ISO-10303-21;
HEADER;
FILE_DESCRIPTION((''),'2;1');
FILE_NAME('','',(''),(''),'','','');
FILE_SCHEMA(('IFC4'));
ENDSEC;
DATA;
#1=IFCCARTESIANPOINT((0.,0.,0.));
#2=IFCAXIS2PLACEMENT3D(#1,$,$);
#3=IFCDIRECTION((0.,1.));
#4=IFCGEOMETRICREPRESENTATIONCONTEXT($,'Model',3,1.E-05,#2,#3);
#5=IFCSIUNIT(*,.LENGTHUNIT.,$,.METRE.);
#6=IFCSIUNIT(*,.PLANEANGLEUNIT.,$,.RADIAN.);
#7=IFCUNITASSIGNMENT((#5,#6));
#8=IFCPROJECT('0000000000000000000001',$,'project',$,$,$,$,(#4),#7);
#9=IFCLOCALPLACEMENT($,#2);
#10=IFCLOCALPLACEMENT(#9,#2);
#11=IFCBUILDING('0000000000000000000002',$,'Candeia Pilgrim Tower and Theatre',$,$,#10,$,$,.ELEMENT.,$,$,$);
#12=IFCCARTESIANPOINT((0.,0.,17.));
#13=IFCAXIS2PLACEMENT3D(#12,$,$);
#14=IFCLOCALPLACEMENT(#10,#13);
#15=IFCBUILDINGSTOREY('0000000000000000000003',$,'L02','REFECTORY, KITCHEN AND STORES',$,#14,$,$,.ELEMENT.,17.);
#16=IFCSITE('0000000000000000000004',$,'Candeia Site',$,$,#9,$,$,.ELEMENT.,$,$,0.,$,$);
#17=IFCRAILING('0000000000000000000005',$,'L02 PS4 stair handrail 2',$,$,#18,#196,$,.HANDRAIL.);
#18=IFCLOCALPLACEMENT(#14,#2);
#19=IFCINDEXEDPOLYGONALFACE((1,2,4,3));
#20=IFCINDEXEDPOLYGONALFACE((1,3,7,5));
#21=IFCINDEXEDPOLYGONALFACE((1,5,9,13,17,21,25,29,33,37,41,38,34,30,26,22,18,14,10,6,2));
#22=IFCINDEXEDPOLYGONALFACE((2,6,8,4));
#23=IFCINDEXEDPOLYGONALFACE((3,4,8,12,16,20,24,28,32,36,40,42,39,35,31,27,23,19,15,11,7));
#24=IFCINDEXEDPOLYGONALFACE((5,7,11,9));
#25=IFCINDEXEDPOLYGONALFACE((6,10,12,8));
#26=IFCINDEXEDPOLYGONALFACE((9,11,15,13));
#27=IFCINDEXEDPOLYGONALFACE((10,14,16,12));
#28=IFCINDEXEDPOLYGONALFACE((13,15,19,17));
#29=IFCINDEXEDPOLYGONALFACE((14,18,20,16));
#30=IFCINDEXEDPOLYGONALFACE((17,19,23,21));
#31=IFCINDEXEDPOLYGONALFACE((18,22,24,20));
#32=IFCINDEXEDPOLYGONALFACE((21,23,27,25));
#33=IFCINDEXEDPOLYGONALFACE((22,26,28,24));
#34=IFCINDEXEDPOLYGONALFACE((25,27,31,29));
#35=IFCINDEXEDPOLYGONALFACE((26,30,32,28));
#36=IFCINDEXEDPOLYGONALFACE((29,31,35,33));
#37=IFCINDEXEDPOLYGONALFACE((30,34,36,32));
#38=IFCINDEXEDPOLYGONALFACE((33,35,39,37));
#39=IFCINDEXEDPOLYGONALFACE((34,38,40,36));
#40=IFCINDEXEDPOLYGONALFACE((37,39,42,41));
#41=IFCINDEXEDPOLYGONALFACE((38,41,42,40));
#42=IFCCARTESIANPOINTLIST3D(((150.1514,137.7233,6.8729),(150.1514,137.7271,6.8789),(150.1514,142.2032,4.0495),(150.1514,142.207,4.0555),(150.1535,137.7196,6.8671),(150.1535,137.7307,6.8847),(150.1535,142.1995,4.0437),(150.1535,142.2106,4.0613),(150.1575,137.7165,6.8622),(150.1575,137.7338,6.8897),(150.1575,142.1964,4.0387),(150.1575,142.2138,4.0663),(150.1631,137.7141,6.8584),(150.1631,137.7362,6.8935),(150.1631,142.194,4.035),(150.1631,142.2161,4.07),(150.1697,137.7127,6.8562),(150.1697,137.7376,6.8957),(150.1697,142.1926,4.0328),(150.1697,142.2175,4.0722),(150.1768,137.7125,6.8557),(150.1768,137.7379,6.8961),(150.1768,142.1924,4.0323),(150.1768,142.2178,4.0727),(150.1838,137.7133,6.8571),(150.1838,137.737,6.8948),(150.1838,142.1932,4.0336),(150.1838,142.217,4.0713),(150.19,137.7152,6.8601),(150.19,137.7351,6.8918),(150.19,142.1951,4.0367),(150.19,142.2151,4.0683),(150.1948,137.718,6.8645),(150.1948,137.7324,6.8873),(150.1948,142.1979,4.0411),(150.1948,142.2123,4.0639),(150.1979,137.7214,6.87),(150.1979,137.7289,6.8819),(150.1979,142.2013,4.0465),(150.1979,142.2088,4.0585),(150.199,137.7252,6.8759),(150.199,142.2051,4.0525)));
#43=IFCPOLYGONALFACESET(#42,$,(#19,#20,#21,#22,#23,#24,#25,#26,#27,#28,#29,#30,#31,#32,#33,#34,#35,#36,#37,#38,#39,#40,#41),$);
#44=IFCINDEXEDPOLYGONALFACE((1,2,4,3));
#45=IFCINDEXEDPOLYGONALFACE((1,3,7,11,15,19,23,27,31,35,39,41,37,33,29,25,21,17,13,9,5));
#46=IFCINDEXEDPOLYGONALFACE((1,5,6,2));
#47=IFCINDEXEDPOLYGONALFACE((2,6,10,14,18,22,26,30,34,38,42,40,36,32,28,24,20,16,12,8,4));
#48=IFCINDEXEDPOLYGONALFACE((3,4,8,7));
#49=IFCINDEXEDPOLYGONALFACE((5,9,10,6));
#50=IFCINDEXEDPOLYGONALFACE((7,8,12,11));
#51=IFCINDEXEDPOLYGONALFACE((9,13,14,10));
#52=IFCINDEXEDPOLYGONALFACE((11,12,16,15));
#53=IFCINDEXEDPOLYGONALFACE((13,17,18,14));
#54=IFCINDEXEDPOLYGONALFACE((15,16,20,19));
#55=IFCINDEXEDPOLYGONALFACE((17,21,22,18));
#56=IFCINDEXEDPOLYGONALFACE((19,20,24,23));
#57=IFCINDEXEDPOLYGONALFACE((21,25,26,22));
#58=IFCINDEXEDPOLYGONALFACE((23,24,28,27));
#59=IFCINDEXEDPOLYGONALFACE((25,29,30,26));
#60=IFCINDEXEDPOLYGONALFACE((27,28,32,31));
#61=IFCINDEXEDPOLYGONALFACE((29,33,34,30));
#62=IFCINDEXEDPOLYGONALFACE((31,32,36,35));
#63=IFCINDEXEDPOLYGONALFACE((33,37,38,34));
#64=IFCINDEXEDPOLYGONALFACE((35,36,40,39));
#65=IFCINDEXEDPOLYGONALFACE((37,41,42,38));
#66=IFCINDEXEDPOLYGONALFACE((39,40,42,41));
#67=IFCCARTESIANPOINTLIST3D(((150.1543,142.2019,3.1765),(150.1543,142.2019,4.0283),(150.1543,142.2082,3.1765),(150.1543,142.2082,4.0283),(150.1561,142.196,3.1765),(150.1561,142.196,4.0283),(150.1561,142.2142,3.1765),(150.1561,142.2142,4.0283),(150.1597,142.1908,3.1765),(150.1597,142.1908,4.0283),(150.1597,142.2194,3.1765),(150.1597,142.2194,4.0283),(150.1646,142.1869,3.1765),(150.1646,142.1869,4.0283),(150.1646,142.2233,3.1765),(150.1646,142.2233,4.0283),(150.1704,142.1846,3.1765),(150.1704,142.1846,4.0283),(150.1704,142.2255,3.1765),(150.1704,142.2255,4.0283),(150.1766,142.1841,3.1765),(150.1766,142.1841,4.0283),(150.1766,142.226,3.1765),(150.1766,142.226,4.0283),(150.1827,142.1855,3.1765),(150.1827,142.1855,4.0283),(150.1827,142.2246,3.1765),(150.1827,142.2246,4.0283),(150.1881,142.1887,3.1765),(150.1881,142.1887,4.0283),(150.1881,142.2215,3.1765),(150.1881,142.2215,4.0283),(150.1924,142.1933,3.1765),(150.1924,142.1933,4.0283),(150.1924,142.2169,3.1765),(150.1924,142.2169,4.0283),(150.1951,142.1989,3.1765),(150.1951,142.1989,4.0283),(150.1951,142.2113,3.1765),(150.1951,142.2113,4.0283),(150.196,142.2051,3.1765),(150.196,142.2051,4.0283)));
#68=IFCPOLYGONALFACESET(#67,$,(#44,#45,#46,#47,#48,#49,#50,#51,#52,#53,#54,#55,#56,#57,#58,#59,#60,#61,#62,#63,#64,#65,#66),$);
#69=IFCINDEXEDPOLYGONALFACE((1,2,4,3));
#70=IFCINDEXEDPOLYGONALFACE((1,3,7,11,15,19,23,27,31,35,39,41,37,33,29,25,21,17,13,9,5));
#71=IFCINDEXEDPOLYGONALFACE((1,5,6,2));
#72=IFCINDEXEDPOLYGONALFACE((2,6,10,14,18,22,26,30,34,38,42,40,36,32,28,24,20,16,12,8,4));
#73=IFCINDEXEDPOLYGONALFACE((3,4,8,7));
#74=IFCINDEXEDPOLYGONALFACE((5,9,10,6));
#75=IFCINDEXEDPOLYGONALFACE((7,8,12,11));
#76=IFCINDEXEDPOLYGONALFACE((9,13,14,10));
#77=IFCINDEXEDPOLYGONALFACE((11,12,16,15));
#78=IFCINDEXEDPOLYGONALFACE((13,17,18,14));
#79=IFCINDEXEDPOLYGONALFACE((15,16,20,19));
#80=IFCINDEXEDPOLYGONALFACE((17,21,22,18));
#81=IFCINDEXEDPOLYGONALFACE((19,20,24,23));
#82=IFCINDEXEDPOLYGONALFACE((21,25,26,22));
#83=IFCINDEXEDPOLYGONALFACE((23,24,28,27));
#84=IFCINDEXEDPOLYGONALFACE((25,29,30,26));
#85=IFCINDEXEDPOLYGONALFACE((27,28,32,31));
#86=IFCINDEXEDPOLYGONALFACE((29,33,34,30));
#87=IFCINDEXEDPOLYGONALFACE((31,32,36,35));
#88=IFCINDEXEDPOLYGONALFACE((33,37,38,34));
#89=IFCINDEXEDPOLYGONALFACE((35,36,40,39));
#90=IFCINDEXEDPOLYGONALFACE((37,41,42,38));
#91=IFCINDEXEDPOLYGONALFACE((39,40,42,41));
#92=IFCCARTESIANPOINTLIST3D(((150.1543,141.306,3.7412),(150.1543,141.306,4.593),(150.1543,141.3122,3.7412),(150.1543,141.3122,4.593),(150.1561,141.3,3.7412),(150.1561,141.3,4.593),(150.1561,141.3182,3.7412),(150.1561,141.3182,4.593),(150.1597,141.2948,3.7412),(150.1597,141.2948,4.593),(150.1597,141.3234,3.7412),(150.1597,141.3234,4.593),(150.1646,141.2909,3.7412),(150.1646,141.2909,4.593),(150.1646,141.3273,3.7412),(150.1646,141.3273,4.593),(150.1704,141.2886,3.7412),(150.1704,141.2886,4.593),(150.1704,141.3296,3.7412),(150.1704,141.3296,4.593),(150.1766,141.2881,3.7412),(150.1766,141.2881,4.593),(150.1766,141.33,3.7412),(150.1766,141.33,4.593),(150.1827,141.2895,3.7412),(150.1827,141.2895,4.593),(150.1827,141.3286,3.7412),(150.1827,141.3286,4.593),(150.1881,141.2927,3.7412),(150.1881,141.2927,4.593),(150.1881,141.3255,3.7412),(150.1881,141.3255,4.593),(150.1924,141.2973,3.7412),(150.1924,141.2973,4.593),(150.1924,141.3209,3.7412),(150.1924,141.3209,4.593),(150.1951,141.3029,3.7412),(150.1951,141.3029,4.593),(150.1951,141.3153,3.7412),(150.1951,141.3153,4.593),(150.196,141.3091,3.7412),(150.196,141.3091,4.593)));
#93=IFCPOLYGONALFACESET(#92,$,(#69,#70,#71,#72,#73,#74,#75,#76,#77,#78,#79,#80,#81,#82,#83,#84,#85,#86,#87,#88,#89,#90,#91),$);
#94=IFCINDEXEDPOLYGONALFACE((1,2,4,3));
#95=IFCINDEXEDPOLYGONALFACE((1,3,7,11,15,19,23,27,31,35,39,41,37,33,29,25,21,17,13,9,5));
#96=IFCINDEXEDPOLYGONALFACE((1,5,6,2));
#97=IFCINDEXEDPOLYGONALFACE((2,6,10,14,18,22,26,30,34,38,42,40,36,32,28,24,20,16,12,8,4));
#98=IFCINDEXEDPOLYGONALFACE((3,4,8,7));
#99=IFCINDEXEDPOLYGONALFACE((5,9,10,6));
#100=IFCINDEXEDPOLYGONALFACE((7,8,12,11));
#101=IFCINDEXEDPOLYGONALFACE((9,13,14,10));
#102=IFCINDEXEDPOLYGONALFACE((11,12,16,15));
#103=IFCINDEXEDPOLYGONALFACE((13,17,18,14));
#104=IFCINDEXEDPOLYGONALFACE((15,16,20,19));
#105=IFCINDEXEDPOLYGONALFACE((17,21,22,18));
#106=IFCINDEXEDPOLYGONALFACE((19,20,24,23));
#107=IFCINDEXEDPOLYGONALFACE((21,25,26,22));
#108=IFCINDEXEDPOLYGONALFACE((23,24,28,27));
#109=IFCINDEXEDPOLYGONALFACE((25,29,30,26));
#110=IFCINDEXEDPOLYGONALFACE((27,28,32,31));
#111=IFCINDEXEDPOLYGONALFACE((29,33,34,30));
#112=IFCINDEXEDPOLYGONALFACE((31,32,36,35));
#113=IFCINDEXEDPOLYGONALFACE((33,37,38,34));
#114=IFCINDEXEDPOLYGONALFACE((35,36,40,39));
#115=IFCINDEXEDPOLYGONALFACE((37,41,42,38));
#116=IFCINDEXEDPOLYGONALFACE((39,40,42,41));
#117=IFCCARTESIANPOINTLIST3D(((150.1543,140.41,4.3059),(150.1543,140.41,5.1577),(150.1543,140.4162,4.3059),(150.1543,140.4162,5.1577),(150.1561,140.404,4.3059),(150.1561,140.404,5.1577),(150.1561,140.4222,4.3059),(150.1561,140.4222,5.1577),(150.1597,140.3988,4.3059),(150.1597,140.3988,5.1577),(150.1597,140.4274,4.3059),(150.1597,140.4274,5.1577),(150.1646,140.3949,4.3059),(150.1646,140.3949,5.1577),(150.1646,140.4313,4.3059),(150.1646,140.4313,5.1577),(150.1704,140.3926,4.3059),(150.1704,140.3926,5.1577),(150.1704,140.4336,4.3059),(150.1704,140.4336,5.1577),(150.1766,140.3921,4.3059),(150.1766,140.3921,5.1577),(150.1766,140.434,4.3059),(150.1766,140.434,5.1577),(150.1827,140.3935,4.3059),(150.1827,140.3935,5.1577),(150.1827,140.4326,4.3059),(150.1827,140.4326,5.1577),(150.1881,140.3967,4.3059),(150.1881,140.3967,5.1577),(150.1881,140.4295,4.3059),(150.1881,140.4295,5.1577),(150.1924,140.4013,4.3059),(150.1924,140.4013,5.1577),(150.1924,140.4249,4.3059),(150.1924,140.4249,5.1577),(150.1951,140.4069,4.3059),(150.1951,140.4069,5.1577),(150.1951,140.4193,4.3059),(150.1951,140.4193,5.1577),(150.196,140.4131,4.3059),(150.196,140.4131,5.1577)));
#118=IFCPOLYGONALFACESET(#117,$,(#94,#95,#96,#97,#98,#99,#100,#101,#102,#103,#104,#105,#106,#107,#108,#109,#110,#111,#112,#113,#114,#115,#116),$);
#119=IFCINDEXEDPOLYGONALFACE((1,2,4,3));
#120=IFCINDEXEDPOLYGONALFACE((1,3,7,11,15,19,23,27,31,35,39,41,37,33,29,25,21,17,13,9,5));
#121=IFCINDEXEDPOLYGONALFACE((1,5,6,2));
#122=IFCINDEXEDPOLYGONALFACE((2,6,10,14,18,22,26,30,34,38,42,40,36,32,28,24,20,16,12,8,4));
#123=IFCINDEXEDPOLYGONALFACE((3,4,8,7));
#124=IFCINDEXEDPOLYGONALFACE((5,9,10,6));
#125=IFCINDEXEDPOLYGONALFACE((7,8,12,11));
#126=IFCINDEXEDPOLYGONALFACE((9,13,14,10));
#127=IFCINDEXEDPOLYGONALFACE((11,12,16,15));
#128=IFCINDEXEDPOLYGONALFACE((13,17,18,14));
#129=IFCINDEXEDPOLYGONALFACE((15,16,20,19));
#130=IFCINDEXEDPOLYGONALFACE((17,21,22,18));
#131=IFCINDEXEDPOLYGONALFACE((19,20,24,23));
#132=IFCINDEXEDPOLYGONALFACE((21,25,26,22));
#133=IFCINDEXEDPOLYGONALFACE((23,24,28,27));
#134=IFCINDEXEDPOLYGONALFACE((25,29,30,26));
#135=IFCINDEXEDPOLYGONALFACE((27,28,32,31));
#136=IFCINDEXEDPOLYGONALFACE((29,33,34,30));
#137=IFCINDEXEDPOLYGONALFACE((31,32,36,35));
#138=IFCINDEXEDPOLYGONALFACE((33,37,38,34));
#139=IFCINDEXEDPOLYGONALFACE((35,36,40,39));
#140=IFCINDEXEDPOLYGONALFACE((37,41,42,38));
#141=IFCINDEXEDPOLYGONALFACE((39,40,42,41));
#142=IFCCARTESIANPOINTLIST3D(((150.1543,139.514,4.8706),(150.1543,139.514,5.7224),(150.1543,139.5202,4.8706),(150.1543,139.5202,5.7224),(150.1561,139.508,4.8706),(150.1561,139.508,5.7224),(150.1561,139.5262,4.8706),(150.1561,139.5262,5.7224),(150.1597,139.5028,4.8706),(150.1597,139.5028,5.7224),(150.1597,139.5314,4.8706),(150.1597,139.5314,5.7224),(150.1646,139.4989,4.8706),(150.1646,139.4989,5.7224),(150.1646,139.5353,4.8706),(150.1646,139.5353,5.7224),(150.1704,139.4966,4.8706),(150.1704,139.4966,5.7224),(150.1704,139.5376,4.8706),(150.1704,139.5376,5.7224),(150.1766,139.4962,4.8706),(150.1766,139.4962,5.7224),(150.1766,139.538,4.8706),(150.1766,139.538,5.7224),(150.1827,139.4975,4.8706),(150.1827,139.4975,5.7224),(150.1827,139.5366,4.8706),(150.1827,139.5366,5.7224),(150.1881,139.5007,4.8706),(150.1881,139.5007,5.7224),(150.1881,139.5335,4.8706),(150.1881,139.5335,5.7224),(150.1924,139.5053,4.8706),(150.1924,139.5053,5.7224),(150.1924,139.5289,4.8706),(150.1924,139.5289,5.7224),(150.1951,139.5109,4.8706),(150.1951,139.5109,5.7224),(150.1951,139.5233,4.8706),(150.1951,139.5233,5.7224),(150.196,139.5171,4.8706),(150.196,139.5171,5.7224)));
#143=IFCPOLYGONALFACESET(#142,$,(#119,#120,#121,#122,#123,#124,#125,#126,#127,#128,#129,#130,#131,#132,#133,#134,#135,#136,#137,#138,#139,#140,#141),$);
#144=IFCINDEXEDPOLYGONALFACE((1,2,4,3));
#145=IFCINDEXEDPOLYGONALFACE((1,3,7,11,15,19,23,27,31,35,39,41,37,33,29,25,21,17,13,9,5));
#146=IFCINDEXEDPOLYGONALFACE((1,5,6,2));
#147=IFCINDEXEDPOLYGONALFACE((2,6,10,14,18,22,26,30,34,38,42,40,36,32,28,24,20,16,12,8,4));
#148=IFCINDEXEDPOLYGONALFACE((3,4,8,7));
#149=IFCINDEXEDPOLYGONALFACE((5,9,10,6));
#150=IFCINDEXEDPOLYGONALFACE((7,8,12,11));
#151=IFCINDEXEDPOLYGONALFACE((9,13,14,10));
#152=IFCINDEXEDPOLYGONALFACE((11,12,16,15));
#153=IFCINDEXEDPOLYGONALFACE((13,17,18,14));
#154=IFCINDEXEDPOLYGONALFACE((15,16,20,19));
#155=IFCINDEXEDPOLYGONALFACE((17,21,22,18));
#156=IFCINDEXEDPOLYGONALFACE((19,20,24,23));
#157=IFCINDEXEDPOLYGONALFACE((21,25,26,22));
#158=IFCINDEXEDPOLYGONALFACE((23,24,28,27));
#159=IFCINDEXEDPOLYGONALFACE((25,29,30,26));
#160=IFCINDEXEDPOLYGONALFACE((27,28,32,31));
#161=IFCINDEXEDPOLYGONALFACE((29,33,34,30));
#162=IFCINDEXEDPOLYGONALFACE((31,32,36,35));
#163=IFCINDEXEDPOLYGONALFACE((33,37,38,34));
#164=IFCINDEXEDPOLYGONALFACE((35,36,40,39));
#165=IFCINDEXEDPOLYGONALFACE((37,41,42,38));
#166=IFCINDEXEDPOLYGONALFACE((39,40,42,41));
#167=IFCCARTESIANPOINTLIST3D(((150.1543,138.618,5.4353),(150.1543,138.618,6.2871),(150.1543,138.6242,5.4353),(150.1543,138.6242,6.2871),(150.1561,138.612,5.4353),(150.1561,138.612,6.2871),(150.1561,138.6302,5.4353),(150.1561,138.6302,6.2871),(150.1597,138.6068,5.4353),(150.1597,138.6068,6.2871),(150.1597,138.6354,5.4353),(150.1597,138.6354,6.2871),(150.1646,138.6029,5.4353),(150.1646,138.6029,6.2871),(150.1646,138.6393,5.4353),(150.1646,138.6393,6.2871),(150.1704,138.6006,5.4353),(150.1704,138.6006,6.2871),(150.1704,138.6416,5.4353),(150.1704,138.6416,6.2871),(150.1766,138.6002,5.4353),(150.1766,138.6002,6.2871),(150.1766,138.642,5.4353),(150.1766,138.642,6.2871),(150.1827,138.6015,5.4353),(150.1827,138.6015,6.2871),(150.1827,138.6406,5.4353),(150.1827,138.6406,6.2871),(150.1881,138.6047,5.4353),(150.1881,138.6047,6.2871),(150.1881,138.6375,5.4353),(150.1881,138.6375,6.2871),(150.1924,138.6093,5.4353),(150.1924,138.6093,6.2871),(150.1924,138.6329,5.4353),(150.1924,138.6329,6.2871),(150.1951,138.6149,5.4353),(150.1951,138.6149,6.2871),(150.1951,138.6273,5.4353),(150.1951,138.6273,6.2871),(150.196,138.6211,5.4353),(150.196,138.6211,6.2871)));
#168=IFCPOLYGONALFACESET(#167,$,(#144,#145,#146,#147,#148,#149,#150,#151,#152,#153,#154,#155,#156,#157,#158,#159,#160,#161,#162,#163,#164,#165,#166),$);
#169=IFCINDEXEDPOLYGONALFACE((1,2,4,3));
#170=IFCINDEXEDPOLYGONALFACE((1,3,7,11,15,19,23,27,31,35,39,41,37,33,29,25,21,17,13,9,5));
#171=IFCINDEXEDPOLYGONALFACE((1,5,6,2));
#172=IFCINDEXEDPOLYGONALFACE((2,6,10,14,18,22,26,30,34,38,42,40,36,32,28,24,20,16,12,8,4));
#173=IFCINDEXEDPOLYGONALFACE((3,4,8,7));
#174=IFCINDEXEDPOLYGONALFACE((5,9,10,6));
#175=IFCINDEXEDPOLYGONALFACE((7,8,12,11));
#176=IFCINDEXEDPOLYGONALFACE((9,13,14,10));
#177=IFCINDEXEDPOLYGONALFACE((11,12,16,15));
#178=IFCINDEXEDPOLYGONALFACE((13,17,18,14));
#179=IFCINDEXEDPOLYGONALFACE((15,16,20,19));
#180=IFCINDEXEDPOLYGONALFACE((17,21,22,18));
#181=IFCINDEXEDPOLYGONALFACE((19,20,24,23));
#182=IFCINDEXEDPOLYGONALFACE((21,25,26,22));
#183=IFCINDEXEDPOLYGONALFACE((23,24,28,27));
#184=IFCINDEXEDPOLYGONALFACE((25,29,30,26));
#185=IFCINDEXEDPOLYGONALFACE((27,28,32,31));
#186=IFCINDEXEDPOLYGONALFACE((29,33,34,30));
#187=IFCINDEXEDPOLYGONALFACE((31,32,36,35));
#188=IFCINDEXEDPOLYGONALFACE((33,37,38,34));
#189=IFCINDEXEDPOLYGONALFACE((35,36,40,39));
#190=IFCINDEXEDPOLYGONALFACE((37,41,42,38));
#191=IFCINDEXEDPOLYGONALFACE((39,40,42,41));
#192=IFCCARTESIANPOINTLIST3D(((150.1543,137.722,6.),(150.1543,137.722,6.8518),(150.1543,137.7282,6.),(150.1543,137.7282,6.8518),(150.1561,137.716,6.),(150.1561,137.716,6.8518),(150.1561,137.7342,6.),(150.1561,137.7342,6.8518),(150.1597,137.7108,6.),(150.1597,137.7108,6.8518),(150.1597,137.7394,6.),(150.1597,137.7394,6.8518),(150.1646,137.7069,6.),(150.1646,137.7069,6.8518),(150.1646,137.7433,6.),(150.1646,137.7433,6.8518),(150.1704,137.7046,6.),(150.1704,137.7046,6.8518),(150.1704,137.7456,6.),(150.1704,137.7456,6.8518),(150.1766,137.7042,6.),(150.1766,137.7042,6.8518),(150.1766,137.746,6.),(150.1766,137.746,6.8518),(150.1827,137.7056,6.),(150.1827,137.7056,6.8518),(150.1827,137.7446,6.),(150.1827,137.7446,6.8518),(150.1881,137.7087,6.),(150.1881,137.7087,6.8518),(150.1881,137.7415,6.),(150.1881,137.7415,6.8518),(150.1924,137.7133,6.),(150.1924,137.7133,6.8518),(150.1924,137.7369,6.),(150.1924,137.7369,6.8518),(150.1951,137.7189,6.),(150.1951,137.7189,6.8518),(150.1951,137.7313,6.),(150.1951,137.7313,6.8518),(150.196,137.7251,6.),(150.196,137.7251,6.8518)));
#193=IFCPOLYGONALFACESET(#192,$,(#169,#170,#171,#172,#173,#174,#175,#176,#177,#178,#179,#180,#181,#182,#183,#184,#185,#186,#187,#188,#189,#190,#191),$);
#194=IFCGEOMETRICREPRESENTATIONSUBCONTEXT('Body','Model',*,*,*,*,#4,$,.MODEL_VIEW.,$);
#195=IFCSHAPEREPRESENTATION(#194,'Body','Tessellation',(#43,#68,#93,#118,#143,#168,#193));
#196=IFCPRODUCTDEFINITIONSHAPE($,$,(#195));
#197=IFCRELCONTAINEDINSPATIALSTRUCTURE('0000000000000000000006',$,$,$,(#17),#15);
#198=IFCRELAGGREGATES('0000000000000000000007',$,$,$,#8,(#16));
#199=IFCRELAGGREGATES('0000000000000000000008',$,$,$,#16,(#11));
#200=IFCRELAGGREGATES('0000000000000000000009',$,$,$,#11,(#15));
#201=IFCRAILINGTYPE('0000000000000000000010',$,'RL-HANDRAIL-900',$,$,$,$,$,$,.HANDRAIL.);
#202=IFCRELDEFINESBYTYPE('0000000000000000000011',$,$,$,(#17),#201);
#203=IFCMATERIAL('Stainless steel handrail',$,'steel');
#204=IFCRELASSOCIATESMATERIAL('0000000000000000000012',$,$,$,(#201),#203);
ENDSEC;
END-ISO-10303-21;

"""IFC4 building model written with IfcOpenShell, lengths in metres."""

from ifc_helpers import new_model, si_unit, direction, frame, origin, origin_2d, place, context, subcontext, project, spatial, circle, extrude, material, type_object, element, save


model = new_model("IFC4")

# Units and contexts
model_context = context("Model", 3, precision=1e-05, world=origin(), true_north=direction((0.0, 1.0)))
body_context = subcontext(model_context, "Body", "Model", "MODEL_VIEW")
ifc_project = project(units=[si_unit("LENGTHUNIT", "METRE"), si_unit("PLANEANGLEUNIT", "RADIAN")], contexts=[model_context])

# Site, building, storey
site_placement = place(None, origin())
site = spatial("IfcSite", under=ifc_project, at=site_placement, Name="Candeia Site", CompositionType="ELEMENT", RefElevation=0.0)
building_placement = place(site_placement, origin())
building = spatial("IfcBuilding", under=site, at=building_placement, Name="Candeia Pilgrim Tower and Theatre", CompositionType="ELEMENT")
storey_placement = place(building_placement, frame((0.0, 0.0, 17.0)))
storey = spatial("IfcBuildingStorey", under=building, at=storey_placement, Name="L02", Description="REFECTORY, KITCHEN AND STORES", CompositionType="ELEMENT", Elevation=17.0)

# Railing
ifc_material_1 = material(Name="Stainless steel handrail", Category="steel")
railing_type_1 = type_object("IfcRailingType", Name="RL-HANDRAIL-900", PredefinedType="HANDRAIL", material=ifc_material_1)
for number, where, name in (
    (1, (150.175, 142.2051, 3.1765), "L02 PS4 stair handrail 2"),
):
    element("IfcRailing", number, at=place(storey_placement, frame(where)), inside=storey, type_object=railing_type_1, Name=name, PredefinedType="HANDRAIL", context=body_context, shape_type="SweptSolid", body=[
        extrude(circle(Radius=0.0239, at=origin_2d()), frame((0.0, 0.0, 0.876), z_axis=(0.0, -0.845998, 0.533186), x_axis=(1.0, 0.0, 0.0)), (0.0, 0.0, 1.0), 5.2954),
        extrude(circle(Radius=0.021, at=origin_2d()), origin(), (0.0, 0.0, 1.0), 0.8518),
        extrude(circle(Radius=0.021, at=origin_2d()), frame((0.0, -0.896, 0.5647)), (0.0, 0.0, 1.0), 0.8518),
        extrude(circle(Radius=0.021, at=origin_2d()), frame((0.0, -1.792, 1.1294)), (0.0, 0.0, 1.0), 0.8518),
        extrude(circle(Radius=0.021, at=origin_2d()), frame((0.0, -2.688, 1.6941)), (0.0, 0.0, 1.0), 0.8518),
        extrude(circle(Radius=0.021, at=origin_2d()), frame((0.0, -3.584, 2.2588)), (0.0, 0.0, 1.0), 0.8518),
        extrude(circle(Radius=0.021, at=origin_2d()), frame((0.0, -4.48, 2.8235)), (0.0, 0.0, 1.0), 0.8518),
    ])

save(model, "model.ifc")
